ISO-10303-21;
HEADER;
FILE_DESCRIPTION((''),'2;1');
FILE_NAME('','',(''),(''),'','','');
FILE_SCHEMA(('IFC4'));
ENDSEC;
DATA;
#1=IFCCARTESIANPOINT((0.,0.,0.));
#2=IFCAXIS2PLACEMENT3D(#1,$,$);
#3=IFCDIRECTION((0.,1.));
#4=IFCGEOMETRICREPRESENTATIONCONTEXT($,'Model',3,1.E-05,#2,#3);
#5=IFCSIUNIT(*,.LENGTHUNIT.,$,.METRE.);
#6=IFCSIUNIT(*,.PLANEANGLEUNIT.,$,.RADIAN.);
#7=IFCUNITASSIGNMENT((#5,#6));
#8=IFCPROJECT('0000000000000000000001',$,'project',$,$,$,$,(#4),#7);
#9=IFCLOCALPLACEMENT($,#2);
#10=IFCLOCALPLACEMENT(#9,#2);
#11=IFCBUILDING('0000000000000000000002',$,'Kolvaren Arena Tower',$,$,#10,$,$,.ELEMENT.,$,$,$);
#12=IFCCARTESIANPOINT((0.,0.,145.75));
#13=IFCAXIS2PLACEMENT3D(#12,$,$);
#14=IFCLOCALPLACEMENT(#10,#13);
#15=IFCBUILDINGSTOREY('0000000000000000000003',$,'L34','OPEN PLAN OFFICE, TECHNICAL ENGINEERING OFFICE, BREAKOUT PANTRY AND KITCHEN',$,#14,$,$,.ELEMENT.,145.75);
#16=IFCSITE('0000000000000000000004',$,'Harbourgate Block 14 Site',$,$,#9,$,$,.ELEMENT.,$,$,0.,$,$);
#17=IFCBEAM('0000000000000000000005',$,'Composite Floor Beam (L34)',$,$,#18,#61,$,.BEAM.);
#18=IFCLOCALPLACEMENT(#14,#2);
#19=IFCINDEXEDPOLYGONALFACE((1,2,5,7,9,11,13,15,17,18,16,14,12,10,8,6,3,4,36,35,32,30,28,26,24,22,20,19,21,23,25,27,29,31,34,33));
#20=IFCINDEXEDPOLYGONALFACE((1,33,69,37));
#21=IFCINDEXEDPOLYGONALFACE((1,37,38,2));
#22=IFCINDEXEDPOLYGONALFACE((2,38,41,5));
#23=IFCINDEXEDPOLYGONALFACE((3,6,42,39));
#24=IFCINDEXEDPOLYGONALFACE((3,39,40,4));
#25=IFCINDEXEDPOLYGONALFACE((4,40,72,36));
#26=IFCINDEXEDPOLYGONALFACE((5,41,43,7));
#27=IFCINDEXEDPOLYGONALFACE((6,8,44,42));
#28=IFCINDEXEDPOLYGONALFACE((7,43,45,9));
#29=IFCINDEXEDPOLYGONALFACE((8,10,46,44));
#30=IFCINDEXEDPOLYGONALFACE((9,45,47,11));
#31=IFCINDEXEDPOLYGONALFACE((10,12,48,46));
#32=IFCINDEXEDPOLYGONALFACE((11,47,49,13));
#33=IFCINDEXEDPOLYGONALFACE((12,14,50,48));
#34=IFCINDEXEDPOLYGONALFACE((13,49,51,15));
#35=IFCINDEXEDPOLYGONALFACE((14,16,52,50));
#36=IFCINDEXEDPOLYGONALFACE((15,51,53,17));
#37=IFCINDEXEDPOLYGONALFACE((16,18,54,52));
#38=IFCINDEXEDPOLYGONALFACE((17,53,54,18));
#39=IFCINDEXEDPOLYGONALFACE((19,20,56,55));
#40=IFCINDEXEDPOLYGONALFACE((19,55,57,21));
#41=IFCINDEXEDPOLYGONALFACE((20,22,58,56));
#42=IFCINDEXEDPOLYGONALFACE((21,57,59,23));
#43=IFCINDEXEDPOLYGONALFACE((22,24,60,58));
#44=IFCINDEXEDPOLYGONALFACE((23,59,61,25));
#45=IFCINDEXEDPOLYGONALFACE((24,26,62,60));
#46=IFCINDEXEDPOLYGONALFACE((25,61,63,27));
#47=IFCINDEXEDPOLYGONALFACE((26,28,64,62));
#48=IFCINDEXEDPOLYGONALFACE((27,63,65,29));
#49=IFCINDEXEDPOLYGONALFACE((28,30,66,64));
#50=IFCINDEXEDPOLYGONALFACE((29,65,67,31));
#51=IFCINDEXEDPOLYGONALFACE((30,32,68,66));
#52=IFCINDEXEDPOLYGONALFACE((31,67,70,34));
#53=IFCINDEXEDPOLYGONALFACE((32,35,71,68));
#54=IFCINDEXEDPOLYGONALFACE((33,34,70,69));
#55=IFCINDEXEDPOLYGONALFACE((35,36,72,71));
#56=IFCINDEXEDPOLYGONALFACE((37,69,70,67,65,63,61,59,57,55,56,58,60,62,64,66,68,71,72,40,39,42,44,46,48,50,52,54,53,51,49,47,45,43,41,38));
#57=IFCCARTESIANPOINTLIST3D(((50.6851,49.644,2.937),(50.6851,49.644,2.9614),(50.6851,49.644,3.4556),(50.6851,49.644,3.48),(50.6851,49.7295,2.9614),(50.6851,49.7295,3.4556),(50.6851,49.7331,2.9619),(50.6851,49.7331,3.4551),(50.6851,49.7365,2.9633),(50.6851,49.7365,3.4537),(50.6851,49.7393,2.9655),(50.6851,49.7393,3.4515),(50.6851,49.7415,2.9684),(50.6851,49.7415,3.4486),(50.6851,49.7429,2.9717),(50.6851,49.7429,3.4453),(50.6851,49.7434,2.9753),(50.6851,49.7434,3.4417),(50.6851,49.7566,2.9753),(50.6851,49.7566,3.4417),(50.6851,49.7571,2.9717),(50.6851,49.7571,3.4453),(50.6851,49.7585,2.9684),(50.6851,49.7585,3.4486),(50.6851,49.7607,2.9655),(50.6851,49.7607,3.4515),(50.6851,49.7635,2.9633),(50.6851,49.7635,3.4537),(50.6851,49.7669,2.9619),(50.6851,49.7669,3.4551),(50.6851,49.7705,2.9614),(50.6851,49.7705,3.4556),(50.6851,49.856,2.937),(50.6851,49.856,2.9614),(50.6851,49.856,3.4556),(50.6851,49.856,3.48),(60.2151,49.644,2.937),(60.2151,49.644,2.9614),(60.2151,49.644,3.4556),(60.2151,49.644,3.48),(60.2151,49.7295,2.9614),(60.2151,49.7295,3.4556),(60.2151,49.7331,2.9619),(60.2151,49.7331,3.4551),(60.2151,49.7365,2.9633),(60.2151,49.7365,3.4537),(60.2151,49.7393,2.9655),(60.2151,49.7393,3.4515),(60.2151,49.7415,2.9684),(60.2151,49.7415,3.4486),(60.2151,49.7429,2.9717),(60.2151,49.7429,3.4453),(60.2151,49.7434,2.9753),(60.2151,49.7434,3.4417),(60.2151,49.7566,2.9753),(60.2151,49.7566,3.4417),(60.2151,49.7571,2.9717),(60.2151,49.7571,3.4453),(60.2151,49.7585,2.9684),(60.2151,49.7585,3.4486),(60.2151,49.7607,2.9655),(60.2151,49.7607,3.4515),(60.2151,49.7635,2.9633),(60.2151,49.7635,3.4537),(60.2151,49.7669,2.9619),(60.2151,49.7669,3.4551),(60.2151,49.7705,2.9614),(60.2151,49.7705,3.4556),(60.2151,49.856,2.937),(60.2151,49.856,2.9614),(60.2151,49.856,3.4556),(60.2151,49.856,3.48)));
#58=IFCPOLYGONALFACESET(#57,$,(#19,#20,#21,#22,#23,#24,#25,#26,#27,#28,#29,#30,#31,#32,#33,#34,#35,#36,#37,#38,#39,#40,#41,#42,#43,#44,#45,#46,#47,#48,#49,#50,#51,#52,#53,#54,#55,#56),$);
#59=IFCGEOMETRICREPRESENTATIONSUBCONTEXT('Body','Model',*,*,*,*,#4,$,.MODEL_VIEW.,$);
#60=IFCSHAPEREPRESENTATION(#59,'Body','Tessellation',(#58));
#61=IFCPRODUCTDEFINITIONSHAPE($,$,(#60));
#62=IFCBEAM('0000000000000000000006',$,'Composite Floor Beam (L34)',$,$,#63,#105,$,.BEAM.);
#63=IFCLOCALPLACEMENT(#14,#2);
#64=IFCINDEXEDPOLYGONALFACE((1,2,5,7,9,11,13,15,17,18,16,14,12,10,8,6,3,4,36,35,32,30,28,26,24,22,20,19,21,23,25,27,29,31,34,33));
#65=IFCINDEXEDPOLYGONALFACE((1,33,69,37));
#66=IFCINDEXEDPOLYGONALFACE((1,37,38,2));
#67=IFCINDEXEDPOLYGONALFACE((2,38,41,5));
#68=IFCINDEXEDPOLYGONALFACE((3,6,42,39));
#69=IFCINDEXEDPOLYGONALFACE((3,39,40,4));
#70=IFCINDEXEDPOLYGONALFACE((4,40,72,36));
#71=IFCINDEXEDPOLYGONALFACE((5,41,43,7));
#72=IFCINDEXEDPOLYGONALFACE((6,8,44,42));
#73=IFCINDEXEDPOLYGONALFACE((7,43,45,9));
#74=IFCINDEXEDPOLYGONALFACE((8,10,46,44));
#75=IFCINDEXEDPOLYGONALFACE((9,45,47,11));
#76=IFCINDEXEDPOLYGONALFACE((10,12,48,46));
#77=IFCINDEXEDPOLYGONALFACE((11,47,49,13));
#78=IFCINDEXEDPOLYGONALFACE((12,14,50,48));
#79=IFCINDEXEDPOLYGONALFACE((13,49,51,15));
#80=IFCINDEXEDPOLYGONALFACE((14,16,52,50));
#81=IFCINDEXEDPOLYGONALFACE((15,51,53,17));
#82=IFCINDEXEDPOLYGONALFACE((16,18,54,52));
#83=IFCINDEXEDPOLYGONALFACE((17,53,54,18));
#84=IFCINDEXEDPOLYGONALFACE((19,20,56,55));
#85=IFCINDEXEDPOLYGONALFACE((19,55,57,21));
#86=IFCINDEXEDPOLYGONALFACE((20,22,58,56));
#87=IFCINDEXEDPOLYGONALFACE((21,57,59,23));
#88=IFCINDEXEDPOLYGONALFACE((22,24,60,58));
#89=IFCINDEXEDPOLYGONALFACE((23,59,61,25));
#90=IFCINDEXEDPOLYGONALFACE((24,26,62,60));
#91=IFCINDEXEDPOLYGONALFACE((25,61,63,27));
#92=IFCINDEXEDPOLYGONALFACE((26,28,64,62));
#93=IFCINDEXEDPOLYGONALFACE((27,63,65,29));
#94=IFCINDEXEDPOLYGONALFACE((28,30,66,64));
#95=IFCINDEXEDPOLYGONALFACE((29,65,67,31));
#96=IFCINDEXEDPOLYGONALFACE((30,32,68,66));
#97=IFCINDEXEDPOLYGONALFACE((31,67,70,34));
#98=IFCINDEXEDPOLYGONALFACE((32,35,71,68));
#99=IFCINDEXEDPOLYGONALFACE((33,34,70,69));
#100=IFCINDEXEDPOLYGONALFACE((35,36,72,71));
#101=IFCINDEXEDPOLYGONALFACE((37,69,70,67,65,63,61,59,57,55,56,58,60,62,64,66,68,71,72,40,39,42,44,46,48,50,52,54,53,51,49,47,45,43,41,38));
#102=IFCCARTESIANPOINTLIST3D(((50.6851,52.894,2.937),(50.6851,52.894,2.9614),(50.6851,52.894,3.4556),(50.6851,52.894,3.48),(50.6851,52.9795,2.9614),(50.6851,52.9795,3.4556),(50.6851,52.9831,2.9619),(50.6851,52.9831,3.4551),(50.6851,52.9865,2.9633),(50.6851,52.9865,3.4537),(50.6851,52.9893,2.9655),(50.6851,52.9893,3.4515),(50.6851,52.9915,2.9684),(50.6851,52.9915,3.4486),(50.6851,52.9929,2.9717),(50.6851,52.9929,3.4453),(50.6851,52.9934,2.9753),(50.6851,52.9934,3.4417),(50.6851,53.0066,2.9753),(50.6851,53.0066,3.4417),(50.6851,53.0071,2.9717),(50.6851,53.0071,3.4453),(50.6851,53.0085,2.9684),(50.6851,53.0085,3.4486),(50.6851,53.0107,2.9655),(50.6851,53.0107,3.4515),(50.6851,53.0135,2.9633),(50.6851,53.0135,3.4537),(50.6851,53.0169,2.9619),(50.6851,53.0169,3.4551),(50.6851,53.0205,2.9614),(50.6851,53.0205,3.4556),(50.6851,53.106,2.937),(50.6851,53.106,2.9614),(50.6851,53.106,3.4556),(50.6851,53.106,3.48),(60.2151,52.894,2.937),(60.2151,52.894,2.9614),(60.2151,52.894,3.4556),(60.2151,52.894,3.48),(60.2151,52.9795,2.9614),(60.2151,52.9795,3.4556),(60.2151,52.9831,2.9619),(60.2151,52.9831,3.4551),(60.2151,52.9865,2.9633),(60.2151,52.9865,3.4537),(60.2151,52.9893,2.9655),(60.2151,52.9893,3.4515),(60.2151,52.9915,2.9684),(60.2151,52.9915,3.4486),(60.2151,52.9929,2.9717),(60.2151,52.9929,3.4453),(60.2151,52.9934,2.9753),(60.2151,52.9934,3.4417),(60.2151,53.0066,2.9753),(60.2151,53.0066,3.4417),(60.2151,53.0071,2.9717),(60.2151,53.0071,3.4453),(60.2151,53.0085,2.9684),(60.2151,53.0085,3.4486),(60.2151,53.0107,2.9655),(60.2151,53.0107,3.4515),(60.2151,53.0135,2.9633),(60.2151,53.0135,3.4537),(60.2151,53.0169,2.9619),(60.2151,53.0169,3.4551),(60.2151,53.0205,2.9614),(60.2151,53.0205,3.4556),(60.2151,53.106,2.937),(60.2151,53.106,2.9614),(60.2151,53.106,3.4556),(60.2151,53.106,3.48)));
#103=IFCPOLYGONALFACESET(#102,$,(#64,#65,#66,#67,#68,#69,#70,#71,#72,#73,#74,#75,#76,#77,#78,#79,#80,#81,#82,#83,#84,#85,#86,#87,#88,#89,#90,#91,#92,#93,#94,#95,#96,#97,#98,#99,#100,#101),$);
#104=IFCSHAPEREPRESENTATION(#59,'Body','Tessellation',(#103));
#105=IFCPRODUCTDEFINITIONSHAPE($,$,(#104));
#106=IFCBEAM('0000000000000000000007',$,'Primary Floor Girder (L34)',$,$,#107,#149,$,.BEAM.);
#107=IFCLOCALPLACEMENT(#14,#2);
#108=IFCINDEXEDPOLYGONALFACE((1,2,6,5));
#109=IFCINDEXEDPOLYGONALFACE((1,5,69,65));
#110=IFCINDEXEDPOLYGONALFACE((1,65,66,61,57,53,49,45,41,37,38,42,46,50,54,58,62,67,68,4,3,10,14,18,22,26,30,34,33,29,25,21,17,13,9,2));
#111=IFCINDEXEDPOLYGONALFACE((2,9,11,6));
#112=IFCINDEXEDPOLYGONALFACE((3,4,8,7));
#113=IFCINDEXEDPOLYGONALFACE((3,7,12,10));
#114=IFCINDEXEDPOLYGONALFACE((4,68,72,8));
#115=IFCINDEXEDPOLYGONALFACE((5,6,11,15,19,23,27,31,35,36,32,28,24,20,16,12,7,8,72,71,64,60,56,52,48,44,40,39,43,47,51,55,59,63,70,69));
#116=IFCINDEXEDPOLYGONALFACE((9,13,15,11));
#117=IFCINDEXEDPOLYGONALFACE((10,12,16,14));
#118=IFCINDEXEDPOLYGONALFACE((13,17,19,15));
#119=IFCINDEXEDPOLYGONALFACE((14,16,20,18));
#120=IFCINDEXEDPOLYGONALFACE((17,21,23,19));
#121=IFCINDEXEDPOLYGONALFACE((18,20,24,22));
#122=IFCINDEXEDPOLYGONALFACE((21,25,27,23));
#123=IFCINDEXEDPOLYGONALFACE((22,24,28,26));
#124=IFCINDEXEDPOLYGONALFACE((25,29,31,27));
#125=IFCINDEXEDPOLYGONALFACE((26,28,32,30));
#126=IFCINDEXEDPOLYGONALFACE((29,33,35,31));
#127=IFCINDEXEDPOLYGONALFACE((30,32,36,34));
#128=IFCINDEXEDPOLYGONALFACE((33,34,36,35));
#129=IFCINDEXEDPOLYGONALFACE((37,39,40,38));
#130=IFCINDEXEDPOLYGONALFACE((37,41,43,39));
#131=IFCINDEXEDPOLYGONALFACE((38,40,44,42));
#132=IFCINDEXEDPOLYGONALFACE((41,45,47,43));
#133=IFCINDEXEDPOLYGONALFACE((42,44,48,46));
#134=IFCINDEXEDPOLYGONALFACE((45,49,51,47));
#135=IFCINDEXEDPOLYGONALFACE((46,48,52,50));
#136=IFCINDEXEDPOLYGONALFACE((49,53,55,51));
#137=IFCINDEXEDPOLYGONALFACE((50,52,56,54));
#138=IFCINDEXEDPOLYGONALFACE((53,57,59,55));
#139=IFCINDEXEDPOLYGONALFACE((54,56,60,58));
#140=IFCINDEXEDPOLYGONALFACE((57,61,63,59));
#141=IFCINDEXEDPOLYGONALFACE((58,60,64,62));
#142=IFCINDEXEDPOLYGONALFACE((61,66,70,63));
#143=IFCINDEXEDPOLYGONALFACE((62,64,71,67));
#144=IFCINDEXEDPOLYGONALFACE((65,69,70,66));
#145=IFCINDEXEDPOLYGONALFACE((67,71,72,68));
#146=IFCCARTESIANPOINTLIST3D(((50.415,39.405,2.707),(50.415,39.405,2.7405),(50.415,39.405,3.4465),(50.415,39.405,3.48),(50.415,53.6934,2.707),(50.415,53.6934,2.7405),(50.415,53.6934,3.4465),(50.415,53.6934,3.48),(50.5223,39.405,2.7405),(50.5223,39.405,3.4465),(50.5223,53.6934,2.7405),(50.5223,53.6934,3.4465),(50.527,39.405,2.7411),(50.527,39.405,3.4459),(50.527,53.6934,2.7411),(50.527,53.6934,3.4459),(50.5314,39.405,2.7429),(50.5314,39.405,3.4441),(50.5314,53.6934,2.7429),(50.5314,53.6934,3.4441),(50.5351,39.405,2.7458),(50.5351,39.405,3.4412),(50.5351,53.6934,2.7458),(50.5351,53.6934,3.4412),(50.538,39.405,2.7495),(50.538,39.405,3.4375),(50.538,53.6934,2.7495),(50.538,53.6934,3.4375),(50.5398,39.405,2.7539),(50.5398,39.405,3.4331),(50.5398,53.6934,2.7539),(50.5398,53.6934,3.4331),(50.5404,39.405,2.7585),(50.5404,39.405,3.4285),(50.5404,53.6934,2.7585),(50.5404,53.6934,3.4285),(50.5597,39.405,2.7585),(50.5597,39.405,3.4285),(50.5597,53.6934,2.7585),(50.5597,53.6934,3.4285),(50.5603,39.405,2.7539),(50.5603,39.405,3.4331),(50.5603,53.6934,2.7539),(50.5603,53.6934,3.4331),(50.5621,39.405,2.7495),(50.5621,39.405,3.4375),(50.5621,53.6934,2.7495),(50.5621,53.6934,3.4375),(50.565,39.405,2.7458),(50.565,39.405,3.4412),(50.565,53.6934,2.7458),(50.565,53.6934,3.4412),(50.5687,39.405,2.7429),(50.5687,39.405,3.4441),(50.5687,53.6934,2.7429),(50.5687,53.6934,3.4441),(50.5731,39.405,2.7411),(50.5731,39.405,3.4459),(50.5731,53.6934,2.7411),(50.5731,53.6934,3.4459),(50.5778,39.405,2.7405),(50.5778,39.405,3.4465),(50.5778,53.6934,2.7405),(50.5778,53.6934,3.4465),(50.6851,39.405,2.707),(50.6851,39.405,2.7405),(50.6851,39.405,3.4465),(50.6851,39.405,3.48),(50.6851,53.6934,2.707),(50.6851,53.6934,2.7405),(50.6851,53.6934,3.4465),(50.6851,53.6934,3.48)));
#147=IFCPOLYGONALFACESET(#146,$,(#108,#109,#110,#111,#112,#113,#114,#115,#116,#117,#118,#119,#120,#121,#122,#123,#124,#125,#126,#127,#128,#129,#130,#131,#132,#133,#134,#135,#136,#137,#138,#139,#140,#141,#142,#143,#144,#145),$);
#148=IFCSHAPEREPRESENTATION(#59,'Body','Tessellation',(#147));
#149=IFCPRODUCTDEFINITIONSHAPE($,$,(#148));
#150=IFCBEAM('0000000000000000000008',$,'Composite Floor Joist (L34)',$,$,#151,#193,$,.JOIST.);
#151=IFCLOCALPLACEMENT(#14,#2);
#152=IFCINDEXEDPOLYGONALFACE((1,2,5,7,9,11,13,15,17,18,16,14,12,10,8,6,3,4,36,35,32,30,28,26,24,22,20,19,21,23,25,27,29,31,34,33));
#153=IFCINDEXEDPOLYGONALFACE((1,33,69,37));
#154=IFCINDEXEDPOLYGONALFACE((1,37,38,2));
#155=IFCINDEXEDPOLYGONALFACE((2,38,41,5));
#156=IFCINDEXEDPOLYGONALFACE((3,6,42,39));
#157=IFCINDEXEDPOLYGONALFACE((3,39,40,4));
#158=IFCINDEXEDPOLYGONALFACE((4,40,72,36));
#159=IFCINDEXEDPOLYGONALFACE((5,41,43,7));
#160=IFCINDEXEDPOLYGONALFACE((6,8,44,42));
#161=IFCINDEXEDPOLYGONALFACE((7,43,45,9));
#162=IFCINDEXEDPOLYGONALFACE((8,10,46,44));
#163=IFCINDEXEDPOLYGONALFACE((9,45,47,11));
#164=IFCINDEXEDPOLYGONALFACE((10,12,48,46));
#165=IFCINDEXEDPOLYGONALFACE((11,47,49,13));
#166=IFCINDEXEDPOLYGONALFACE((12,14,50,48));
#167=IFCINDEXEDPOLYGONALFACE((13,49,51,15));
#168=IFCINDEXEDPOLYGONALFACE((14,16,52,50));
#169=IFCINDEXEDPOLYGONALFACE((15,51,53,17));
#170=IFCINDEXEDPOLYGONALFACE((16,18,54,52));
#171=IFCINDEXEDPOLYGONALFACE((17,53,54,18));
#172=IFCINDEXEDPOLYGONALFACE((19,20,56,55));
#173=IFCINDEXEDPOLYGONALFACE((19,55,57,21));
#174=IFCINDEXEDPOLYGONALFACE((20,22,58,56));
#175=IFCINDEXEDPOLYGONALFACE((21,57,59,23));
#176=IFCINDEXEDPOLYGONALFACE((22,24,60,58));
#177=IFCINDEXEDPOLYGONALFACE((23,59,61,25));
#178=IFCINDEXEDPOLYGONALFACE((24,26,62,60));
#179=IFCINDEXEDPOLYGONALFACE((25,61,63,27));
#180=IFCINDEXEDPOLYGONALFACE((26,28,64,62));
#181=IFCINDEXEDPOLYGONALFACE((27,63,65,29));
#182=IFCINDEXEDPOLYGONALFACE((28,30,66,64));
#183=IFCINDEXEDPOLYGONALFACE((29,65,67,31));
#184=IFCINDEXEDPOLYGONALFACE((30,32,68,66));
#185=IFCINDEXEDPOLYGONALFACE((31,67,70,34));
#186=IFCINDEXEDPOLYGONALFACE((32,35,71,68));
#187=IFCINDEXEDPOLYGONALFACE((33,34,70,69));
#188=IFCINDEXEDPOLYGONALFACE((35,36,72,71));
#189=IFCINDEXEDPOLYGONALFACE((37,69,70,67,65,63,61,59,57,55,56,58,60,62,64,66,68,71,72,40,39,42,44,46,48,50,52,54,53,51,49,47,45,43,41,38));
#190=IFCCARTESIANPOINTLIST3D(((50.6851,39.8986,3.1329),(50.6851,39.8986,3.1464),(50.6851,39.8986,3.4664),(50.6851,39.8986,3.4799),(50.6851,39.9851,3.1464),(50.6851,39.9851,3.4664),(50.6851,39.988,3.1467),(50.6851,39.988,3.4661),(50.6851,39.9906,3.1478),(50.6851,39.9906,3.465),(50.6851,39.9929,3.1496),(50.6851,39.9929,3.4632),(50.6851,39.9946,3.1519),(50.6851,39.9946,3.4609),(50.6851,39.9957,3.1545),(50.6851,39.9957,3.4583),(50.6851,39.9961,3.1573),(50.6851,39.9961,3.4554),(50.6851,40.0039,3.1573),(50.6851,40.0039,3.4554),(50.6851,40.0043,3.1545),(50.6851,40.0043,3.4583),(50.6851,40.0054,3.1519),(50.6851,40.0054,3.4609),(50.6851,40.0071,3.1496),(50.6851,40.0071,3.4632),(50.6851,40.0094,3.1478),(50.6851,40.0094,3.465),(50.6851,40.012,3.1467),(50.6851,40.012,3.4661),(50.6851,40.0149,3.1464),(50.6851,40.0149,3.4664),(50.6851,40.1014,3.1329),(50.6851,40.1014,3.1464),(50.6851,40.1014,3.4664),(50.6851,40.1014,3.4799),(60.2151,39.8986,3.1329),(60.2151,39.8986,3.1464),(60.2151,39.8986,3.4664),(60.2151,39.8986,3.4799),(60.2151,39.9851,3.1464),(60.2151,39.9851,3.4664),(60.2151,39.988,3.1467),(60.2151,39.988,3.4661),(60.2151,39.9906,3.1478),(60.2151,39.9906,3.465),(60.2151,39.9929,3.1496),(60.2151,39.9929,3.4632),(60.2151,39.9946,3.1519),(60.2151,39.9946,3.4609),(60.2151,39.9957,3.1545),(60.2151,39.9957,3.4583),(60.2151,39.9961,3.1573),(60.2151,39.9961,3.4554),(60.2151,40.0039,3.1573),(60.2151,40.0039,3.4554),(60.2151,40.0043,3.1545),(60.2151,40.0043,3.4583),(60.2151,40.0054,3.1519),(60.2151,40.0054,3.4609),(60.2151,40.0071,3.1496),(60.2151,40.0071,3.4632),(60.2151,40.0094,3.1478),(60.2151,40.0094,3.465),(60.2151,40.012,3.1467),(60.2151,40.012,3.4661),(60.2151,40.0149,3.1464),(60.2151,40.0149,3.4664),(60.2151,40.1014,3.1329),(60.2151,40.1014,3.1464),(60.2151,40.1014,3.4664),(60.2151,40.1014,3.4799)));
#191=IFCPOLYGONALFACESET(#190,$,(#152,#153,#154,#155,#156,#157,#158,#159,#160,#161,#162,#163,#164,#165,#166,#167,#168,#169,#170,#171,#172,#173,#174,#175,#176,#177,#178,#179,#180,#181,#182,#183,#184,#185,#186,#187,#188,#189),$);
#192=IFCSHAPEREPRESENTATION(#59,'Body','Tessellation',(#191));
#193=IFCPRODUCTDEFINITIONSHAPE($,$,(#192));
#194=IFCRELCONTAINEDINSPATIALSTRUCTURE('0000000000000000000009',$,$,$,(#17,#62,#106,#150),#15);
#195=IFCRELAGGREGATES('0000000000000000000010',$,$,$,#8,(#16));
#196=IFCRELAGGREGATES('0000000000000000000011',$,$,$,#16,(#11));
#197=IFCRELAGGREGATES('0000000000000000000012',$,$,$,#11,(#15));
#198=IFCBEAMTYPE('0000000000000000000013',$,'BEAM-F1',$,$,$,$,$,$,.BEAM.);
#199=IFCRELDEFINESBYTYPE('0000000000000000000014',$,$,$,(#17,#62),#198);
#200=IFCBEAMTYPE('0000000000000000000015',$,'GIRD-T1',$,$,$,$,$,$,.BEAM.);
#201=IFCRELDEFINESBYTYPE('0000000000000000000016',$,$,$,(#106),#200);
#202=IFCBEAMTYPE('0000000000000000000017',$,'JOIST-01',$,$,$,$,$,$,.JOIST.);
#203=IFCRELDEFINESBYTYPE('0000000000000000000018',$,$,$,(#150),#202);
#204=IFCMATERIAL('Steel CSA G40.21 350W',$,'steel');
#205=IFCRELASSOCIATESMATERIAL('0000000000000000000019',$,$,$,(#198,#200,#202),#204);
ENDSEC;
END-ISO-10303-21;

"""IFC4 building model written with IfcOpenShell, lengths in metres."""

from ifc_helpers import new_model, si_unit, direction, frame, origin, origin_2d, place, context, subcontext, project, spatial, i_section, extrude, material, material_profile, profile_set, type_object, element, save


model = new_model("IFC4")

# Units and contexts
model_context = context("Model", 3, precision=1e-05, world=origin(), true_north=direction((0.0, 1.0)))
body_context = subcontext(model_context, "Body", "Model", "MODEL_VIEW")
ifc_project = project(units=[si_unit("LENGTHUNIT", "METRE"), si_unit("PLANEANGLEUNIT", "RADIAN")], contexts=[model_context])

# Site, building, storey
site_placement = place(None, origin())
site = spatial("IfcSite", under=ifc_project, at=site_placement, Name="Harbourgate Block 14 Site", CompositionType="ELEMENT", RefElevation=0.0)
building_placement = place(site_placement, origin())
building = spatial("IfcBuilding", under=site, at=building_placement, Name="Kolvaren Arena Tower", CompositionType="ELEMENT")
storey_placement = place(building_placement, frame((0.0, 0.0, 145.75)))
storey = spatial("IfcBuildingStorey", under=building, at=storey_placement, Name="L34", Description="OPEN PLAN OFFICE, TECHNICAL ENGINEERING OFFICE, BREAKOUT PANTRY AND KITCHEN", CompositionType="ELEMENT", Elevation=145.75)

# Beams
ifc_material_1 = material(Name="Steel CSA G40.21 350W", Category="steel")
ifc_material_profile_1 = material_profile(ifc_material_1, i_section(OverallWidth=0.2119, OverallDepth=0.543, WebThickness=0.0132, FlangeThickness=0.0244, FilletRadius=0.0139, at=origin_2d()), Name="W530x150")
ifc_profile_set_1 = profile_set([ifc_material_profile_1], Name="Steel CSA G40.21 350W")
beam_type_1 = type_object("IfcBeamType", Name="BEAM-F1", PredefinedType="BEAM", material=ifc_profile_set_1)
for number, where, z_axis, x_axis, name in (
    (1, (50.6851, 49.75, 3.2085), (1.0, 0.0, 0.0), (0.0, 1.0, 0.0), "Composite Floor Beam (L34)"),
    (2, (50.6851, 53.0, 3.2085), (1.0, 0.0, 0.0), (0.0, 1.0, 0.0), "Composite Floor Beam (L34)"),
):
    element("IfcBeam", number, at=place(storey_placement, frame(where, z_axis=z_axis, x_axis=x_axis)), inside=storey, type_object=beam_type_1, Name=name, PredefinedType="BEAM", context=body_context, shape_type="SweptSolid", body=[
        extrude(i_section(OverallWidth=0.2119, OverallDepth=0.543, WebThickness=0.0132, FlangeThickness=0.0244, FilletRadius=0.0139, at=origin_2d()), origin(), (0.0, 0.0, 1.0), 9.53),
    ])
ifc_material_profile_2 = material_profile(ifc_material_1, i_section(OverallWidth=0.27, OverallDepth=0.7729, WebThickness=0.0193, FlangeThickness=0.0334, FilletRadius=0.0181, at=origin_2d()), Name="W760x257")
ifc_profile_set_2 = profile_set([ifc_material_profile_2], Name="Steel CSA G40.21 350W")
beam_type_2 = type_object("IfcBeamType", Name="GIRD-T1", PredefinedType="BEAM", material=ifc_profile_set_2)
beam_1_placement = place(storey_placement, frame((50.55, 39.405, 3.0935), z_axis=(0.0, 1.0, 0.0), x_axis=(-1.0, 0.0, 0.0)))
element("IfcBeam", 3, at=beam_1_placement, inside=storey, type_object=beam_type_2, Name="Primary Floor Girder (L34)", PredefinedType="BEAM", context=body_context, shape_type="SweptSolid", body=[
    extrude(i_section(OverallWidth=0.27, OverallDepth=0.7729, WebThickness=0.0193, FlangeThickness=0.0334, FilletRadius=0.0181, at=origin_2d()), origin(), (0.0, 0.0, 1.0), 14.2883),
])
ifc_material_profile_3 = material_profile(ifc_material_1, i_section(OverallWidth=0.2029, OverallDepth=0.3469, WebThickness=0.0078, FlangeThickness=0.0134, FilletRadius=0.011, at=origin_2d()), Name="W360x64")
ifc_profile_set_3 = profile_set([ifc_material_profile_3], Name="Steel CSA G40.21 350W")
beam_type_3 = type_object("IfcBeamType", Name="JOIST-01", PredefinedType="JOIST", material=ifc_profile_set_3)
beam_2_placement = place(storey_placement, frame((50.6851, 40.0, 3.3064), z_axis=(1.0, 0.0, 0.0), x_axis=(0.0, 1.0, 0.0)))
element("IfcBeam", 4, at=beam_2_placement, inside=storey, type_object=beam_type_3, Name="Composite Floor Joist (L34)", PredefinedType="JOIST", context=body_context, shape_type="SweptSolid", body=[
    extrude(i_section(OverallWidth=0.2029, OverallDepth=0.3469, WebThickness=0.0078, FlangeThickness=0.0134, FilletRadius=0.011, at=origin_2d()), origin(), (0.0, 0.0, 1.0), 9.53),
])

save(model, "model.ifc")
